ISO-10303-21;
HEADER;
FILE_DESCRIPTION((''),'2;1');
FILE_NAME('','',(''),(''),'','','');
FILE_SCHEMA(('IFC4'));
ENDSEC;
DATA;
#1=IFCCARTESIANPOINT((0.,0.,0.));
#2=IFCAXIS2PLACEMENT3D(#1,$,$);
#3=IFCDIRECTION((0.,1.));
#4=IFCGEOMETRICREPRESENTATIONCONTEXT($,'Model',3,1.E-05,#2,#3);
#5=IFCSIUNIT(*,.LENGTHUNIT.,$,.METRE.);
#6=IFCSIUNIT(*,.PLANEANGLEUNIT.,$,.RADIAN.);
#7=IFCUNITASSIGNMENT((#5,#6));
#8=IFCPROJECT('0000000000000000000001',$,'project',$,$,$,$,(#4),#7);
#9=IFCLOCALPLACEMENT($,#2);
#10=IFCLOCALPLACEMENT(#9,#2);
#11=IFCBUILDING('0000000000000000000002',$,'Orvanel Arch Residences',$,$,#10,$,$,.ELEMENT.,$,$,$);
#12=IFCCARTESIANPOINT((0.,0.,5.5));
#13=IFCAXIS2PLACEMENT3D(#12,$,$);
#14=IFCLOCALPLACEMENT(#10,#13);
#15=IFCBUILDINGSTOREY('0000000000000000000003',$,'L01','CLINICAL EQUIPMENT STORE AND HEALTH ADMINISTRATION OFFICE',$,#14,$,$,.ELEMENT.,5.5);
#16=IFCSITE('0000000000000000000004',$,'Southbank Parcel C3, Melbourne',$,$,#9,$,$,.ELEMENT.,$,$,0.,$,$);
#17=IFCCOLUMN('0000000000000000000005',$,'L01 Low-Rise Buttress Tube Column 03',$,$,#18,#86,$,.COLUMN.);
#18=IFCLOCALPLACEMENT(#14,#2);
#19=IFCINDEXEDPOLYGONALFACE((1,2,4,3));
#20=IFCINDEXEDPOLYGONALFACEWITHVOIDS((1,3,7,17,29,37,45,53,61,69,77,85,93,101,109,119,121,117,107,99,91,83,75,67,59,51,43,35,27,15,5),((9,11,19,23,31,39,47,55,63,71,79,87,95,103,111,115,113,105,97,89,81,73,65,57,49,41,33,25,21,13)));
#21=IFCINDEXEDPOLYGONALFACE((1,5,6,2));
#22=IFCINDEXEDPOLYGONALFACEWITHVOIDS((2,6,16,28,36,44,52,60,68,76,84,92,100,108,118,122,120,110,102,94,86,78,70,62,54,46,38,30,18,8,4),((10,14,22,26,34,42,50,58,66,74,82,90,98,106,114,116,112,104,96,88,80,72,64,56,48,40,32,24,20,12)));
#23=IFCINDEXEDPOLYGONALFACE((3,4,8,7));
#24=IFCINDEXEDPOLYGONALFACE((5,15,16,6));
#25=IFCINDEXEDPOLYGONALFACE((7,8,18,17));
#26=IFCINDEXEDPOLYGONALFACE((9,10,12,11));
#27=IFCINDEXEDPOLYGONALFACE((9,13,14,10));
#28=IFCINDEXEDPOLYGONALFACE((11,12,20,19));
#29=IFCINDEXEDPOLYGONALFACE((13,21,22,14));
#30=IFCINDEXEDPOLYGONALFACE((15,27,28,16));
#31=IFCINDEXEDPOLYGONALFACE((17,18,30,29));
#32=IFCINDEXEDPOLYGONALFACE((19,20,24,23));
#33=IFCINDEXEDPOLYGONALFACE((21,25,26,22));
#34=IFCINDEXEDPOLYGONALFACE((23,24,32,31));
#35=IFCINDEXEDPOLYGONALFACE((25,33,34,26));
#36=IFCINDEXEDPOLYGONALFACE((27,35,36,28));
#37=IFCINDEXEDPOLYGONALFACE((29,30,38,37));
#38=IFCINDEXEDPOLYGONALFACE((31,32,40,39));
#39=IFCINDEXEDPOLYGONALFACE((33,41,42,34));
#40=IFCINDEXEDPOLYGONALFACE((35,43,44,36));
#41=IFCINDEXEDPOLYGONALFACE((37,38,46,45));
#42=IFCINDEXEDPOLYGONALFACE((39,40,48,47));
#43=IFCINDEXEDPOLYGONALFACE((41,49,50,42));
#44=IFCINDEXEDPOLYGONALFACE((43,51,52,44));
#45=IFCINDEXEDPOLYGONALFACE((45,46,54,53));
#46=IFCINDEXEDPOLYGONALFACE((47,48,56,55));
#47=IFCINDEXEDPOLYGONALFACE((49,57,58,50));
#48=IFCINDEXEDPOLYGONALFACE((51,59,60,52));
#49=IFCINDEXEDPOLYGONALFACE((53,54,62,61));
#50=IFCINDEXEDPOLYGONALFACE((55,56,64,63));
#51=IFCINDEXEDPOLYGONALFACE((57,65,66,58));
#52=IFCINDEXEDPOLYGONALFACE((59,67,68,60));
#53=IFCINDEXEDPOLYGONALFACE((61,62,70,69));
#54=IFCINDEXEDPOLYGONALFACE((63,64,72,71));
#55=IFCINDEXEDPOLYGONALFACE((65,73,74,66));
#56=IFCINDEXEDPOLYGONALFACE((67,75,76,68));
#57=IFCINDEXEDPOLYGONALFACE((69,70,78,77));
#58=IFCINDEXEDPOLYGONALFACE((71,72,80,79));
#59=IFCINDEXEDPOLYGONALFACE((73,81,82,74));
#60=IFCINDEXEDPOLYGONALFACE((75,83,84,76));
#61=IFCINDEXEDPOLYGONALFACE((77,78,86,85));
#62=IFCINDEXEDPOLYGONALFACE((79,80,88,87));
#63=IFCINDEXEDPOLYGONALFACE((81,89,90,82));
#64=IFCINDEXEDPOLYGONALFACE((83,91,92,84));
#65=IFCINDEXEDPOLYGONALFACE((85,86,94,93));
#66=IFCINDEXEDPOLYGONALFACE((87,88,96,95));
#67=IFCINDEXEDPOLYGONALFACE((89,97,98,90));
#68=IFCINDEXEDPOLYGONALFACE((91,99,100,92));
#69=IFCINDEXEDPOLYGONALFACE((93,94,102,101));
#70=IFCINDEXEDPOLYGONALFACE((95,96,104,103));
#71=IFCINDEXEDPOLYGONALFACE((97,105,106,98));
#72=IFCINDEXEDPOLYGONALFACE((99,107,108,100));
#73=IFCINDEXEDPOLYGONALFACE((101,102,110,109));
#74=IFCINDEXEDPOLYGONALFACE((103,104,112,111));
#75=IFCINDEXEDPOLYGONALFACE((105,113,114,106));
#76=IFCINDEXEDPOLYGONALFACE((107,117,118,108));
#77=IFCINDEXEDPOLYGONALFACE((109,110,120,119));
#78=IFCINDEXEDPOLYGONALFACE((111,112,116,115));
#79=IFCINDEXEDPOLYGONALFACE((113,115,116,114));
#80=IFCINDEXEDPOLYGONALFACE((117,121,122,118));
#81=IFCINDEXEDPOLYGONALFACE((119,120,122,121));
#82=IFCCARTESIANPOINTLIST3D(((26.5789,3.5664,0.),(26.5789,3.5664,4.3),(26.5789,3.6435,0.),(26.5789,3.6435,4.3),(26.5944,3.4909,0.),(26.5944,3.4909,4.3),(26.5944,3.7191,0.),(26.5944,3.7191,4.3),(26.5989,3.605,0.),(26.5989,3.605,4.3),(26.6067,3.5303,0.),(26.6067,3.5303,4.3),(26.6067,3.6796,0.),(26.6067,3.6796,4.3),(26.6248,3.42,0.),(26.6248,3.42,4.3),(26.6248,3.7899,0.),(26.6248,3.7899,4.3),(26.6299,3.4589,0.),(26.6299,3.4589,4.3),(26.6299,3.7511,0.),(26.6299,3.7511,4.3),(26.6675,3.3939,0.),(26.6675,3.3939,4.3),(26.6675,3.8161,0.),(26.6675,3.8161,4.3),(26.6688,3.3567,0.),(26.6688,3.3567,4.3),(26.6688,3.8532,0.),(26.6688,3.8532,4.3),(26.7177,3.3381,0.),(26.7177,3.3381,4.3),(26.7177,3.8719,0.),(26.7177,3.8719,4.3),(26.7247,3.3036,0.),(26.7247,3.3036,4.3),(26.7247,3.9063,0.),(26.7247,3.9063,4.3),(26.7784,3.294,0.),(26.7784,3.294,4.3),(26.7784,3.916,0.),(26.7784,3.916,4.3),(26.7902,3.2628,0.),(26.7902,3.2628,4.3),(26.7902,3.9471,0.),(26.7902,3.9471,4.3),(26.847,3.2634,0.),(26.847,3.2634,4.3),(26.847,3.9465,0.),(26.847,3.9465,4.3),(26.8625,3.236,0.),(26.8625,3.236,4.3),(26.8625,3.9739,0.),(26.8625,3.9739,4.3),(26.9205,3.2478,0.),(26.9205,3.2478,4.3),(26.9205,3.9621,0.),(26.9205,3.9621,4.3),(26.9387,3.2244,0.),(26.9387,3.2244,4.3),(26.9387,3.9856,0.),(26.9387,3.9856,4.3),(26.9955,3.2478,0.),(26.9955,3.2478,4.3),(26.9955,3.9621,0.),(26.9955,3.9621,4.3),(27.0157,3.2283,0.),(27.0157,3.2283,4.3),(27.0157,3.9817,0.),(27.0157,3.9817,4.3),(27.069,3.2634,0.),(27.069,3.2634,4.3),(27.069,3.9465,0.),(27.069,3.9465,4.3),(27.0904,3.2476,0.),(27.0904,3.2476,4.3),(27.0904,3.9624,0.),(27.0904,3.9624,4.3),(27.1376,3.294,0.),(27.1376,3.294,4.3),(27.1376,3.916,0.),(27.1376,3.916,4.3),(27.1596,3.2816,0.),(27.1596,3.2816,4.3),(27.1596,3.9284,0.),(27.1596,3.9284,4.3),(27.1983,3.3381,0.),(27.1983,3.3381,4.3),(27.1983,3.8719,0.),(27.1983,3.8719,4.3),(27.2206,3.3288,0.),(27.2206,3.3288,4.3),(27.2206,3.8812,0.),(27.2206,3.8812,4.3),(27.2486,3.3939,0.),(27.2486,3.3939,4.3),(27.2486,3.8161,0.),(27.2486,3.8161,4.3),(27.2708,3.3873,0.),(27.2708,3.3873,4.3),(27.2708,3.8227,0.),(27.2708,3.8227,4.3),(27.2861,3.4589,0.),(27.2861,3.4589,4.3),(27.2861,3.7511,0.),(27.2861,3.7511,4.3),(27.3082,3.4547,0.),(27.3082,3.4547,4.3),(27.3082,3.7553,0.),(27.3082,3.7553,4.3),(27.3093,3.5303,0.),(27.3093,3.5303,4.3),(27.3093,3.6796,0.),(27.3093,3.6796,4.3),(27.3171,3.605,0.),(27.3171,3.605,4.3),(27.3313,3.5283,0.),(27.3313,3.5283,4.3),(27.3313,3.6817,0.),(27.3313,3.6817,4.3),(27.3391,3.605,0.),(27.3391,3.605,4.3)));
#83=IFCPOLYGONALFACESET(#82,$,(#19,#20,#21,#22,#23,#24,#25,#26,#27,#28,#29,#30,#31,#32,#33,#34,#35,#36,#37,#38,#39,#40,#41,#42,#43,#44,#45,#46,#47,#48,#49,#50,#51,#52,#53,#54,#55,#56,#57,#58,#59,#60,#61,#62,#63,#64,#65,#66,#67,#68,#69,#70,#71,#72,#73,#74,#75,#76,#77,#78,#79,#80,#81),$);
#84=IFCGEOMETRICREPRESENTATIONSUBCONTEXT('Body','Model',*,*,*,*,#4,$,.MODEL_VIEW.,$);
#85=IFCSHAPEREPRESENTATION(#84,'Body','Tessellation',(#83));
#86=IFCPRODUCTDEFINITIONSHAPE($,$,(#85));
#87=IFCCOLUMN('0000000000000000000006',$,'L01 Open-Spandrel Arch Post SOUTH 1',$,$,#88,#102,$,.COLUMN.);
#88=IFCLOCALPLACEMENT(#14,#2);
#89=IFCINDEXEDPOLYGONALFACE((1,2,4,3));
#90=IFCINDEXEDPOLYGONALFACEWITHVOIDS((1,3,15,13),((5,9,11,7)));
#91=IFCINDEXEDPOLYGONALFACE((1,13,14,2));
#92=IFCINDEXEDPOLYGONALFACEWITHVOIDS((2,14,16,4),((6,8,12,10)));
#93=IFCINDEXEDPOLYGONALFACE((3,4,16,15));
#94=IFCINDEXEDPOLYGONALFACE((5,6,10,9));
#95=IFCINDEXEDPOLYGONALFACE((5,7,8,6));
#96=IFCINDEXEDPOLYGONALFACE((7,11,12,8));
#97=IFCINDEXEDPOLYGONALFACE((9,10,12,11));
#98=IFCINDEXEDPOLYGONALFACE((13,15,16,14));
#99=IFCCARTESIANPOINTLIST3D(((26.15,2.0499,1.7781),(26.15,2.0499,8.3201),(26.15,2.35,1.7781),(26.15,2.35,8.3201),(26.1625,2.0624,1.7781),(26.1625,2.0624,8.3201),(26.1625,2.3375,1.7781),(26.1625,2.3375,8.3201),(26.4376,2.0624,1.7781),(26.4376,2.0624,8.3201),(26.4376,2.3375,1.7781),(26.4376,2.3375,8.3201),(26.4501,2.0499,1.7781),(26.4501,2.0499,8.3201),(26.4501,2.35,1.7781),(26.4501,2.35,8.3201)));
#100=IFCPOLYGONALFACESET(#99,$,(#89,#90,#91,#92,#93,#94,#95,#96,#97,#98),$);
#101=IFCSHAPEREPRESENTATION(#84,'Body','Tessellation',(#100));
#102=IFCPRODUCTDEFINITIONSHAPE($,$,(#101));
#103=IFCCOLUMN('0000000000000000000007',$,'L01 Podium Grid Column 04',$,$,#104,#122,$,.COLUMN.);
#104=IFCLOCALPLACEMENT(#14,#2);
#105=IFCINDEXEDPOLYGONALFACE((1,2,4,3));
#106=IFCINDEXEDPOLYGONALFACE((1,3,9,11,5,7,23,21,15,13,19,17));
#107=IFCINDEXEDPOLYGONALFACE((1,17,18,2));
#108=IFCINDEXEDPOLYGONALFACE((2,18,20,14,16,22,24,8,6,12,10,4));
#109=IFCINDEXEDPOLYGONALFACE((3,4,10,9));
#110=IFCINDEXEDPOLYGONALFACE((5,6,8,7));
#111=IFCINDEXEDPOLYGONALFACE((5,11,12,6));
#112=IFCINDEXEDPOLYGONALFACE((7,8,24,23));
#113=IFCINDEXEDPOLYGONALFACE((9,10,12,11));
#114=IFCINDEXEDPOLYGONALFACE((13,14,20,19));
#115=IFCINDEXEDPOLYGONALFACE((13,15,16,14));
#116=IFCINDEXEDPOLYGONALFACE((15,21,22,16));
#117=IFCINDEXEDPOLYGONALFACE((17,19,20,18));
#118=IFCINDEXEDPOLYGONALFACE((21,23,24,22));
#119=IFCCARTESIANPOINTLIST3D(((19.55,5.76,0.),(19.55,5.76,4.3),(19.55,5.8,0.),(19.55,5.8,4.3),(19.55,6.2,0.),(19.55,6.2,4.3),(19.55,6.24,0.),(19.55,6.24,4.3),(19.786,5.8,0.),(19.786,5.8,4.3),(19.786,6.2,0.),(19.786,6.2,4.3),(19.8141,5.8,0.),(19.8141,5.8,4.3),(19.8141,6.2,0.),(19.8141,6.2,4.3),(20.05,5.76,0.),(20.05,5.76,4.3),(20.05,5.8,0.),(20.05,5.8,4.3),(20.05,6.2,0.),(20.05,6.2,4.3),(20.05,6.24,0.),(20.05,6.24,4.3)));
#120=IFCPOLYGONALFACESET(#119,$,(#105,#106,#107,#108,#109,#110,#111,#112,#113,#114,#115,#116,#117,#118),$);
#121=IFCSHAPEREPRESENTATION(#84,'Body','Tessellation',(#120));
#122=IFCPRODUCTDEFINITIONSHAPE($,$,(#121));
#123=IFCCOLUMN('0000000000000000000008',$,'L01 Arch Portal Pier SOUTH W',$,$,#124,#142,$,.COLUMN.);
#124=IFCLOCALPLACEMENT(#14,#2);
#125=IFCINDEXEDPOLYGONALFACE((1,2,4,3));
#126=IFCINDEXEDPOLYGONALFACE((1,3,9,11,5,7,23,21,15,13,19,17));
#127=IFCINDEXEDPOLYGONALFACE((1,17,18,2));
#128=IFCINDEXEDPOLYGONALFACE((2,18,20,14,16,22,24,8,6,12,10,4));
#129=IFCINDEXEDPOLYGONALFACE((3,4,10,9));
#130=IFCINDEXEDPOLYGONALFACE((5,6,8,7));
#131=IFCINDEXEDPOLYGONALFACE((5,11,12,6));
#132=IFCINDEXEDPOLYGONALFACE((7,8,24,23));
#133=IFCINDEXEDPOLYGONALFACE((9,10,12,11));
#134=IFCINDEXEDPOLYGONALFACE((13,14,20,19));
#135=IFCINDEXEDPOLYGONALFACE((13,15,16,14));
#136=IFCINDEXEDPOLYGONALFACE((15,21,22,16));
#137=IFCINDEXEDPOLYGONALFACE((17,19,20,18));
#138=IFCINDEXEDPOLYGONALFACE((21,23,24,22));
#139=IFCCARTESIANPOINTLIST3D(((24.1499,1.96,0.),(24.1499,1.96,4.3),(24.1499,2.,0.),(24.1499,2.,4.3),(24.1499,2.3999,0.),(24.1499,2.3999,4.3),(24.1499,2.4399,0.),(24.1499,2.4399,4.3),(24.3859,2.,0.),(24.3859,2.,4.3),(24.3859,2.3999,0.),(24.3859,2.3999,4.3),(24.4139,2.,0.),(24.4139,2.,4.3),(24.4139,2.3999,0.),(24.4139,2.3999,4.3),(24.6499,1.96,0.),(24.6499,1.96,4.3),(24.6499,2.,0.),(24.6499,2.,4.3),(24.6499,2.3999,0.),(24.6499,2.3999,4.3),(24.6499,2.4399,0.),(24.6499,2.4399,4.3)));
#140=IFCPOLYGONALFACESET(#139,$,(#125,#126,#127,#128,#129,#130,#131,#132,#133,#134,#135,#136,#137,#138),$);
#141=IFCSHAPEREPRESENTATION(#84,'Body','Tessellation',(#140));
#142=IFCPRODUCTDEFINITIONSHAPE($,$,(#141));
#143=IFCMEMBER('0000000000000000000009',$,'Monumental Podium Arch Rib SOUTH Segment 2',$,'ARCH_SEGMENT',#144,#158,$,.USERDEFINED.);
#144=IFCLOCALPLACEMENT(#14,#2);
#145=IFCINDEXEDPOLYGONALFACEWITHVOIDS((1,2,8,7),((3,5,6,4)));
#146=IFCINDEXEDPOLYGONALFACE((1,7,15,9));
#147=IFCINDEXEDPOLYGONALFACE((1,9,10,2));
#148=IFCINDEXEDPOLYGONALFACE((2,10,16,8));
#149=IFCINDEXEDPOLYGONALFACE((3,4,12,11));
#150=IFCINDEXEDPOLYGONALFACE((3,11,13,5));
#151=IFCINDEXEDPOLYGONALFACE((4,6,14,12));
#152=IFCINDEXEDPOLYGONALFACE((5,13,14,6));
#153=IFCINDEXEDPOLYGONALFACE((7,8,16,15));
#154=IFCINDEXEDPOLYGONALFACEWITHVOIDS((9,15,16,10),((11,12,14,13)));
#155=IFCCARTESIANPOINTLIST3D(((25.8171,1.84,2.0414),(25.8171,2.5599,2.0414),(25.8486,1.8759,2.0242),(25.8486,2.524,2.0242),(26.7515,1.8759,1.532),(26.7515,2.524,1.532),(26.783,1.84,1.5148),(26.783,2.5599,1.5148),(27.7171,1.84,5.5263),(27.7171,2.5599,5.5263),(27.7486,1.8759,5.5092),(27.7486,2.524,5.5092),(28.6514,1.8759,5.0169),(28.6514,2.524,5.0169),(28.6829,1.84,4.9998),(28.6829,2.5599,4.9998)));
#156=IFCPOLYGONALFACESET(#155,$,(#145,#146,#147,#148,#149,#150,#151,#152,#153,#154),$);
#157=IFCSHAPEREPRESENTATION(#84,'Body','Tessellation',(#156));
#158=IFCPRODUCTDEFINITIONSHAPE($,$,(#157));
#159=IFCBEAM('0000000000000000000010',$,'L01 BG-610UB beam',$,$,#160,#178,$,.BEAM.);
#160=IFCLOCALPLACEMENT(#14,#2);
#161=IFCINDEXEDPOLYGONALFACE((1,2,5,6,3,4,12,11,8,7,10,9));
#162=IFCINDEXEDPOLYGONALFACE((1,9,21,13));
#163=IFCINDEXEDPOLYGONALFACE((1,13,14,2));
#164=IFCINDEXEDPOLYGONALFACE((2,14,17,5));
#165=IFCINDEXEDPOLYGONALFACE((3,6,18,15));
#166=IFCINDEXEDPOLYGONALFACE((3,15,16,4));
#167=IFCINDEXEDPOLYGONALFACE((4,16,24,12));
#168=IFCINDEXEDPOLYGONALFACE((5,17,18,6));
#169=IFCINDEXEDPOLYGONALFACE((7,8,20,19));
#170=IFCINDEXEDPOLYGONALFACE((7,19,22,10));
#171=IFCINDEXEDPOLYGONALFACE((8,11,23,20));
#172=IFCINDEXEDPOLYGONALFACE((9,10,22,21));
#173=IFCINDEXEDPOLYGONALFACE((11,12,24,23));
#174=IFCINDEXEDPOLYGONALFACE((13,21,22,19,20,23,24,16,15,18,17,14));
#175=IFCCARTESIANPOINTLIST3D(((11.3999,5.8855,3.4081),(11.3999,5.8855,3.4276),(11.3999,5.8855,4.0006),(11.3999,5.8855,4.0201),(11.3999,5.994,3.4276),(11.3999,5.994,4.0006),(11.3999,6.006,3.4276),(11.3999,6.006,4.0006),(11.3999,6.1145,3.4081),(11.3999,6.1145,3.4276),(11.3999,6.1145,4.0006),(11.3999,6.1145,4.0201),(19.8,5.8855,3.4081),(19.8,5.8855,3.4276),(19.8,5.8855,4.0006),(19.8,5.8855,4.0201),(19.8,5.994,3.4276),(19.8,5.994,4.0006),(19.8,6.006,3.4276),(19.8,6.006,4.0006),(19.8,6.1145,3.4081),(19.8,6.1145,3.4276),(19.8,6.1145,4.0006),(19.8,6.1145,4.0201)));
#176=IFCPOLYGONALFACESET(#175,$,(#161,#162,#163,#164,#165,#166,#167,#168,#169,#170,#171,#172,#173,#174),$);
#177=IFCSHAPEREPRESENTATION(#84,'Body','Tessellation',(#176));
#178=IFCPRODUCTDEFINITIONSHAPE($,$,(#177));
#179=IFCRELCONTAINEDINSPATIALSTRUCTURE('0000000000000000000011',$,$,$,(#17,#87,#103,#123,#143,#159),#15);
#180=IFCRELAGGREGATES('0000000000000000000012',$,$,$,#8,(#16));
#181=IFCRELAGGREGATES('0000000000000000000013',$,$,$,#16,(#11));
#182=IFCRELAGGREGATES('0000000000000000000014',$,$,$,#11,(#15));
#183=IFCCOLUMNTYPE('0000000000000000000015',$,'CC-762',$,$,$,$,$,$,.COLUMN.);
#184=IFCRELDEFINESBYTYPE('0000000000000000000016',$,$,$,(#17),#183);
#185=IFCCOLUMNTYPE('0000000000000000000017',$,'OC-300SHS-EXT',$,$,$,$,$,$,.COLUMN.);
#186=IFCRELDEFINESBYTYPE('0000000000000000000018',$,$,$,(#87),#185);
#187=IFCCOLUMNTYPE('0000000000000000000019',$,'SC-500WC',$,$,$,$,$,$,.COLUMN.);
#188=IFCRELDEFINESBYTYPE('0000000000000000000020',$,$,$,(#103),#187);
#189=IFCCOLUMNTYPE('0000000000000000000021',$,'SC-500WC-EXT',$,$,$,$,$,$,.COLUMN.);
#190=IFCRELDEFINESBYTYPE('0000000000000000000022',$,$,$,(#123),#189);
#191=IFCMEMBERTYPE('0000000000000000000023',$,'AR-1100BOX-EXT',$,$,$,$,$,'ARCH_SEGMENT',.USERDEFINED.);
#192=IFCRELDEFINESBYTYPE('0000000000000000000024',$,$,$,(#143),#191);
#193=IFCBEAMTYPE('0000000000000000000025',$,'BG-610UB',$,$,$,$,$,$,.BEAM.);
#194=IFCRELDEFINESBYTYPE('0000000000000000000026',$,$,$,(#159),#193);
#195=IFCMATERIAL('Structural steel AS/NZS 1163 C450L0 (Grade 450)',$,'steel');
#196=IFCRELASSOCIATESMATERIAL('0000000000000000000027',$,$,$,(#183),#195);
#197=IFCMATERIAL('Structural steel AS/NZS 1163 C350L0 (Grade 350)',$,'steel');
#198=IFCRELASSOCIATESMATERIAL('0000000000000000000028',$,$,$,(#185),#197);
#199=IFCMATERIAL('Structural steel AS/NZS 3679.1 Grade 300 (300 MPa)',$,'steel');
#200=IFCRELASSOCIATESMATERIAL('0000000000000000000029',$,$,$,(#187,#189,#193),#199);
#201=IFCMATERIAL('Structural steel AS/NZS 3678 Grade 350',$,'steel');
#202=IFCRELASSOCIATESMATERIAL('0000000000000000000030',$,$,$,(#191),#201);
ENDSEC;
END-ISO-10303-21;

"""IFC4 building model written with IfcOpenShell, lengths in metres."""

from ifc_helpers import new_model, si_unit, direction, frame, origin, origin_2d, place, context, subcontext, project, spatial, hollow_rectangle, hollow_circle, i_section, extrude, material, material_profile, profile_set, type_object, element, save


model = new_model("IFC4")

# Units and contexts
model_context = context("Model", 3, precision=1e-05, world=origin(), true_north=direction((0.0, 1.0)))
body_context = subcontext(model_context, "Body", "Model", "MODEL_VIEW")
ifc_project = project(units=[si_unit("LENGTHUNIT", "METRE"), si_unit("PLANEANGLEUNIT", "RADIAN")], contexts=[model_context])

# Site, building, storey
site_placement = place(None, origin())
site = spatial("IfcSite", under=ifc_project, at=site_placement, Name="Southbank Parcel C3, Melbourne", CompositionType="ELEMENT", RefElevation=0.0)
building_placement = place(site_placement, origin())
building = spatial("IfcBuilding", under=site, at=building_placement, Name="Orvanel Arch Residences", CompositionType="ELEMENT")
storey_placement = place(building_placement, frame((0.0, 0.0, 5.5)))
storey = spatial("IfcBuildingStorey", under=building, at=storey_placement, Name="L01", Description="CLINICAL EQUIPMENT STORE AND HEALTH ADMINISTRATION OFFICE", CompositionType="ELEMENT", Elevation=5.5)

# Columns
ifc_material_1 = material(Name="Structural steel AS/NZS 1163 C450L0 (Grade 450)", Category="steel")
ifc_material_profile_1 = material_profile(ifc_material_1, hollow_circle(Radius=0.3811, WallThickness=0.022, at=origin_2d()), Name="CHS762x22")
ifc_profile_set_1 = profile_set([ifc_material_profile_1], Name="Structural steel AS/NZS 1163 C450L0 (Grade 450)")
column_type_1 = type_object("IfcColumnType", Name="CC-762", PredefinedType="COLUMN", material=ifc_profile_set_1)
column_1_placement = place(storey_placement, frame((26.958, 3.605, 0.0), z_axis=(0.0, 0.0, 1.0), x_axis=(1.0, 0.0, 0.0)))
element("IfcColumn", 1, at=column_1_placement, inside=storey, type_object=column_type_1, Name="L01 Low-Rise Buttress Tube Column 03", PredefinedType="COLUMN", context=body_context, shape_type="SweptSolid", body=[
    extrude(hollow_circle(Radius=0.3811, WallThickness=0.022, at=origin_2d()), origin(), (0.0, 0.0, 1.0), 4.3),
])
ifc_material_2 = material(Name="Structural steel AS/NZS 1163 C350L0 (Grade 350)", Category="steel")
ifc_material_profile_2 = material_profile(ifc_material_2, hollow_rectangle(XDim=0.3, YDim=0.3, WallThickness=0.0125, at=origin_2d()), Name="SHS300x300x12.5")
ifc_profile_set_2 = profile_set([ifc_material_profile_2], Name="Structural steel AS/NZS 1163 C350L0 (Grade 350)")
column_type_2 = type_object("IfcColumnType", Name="OC-300SHS-EXT", PredefinedType="COLUMN", material=ifc_profile_set_2)
column_2_placement = place(storey_placement, frame((26.3, 2.2, 1.7781), z_axis=(0.0, 0.0, 1.0), x_axis=(1.0, 0.0, 0.0)))
element("IfcColumn", 2, at=column_2_placement, inside=storey, type_object=column_type_2, Name="L01 Open-Spandrel Arch Post SOUTH 1", PredefinedType="COLUMN", context=body_context, shape_type="SweptSolid", body=[
    extrude(hollow_rectangle(XDim=0.3, YDim=0.3, WallThickness=0.0125, at=origin_2d()), origin(), (0.0, 0.0, 1.0), 6.542),
])
ifc_material_3 = material(Name="Structural steel AS/NZS 3679.1 Grade 300 (300 MPa)", Category="steel")
ifc_material_profile_3 = material_profile(ifc_material_3, i_section(OverallWidth=0.5, OverallDepth=0.48, WebThickness=0.0281, FlangeThickness=0.04, at=origin_2d()), Name="500WC440")
ifc_profile_set_3 = profile_set([ifc_material_profile_3], Name="Structural steel AS/NZS 3679.1 Grade 300 (300 MPa)")
column_type_3 = type_object("IfcColumnType", Name="SC-500WC", PredefinedType="COLUMN", material=ifc_profile_set_3)
column_3_placement = place(storey_placement, frame((19.8, 6.0, 0.0), z_axis=(0.0, 0.0, 1.0), x_axis=(1.0, 0.0, 0.0)))
element("IfcColumn", 3, at=column_3_placement, inside=storey, type_object=column_type_3, Name="L01 Podium Grid Column 04", PredefinedType="COLUMN", context=body_context, shape_type="SweptSolid", body=[
    extrude(i_section(OverallWidth=0.5, OverallDepth=0.48, WebThickness=0.0281, FlangeThickness=0.04, at=origin_2d()), origin(), (0.0, 0.0, 1.0), 4.3),
])
ifc_material_profile_4 = material_profile(ifc_material_3, i_section(OverallWidth=0.5, OverallDepth=0.48, WebThickness=0.0281, FlangeThickness=0.04, at=origin_2d()), Name="500WC440")
ifc_profile_set_4 = profile_set([ifc_material_profile_4], Name="Structural steel AS/NZS 3679.1 Grade 300 (300 MPa)")
column_type_4 = type_object("IfcColumnType", Name="SC-500WC-EXT", PredefinedType="COLUMN", material=ifc_profile_set_4)
column_4_placement = place(storey_placement, frame((24.3999, 2.2, 0.0), z_axis=(0.0, 0.0, 1.0), x_axis=(1.0, 0.0, 0.0)))
element("IfcColumn", 4, at=column_4_placement, inside=storey, type_object=column_type_4, Name="L01 Arch Portal Pier SOUTH W", PredefinedType="COLUMN", context=body_context, shape_type="SweptSolid", body=[
    extrude(i_section(OverallWidth=0.5, OverallDepth=0.48, WebThickness=0.0281, FlangeThickness=0.04, at=origin_2d()), origin(), (0.0, 0.0, 1.0), 4.3),
])

# Member
ifc_material_4 = material(Name="Structural steel AS/NZS 3678 Grade 350", Category="steel")
ifc_material_profile_5 = material_profile(ifc_material_4, hollow_rectangle(XDim=0.72, YDim=1.1001, WallThickness=0.0359, at=origin_2d()), Name="BOX1100x720x36")
ifc_profile_set_5 = profile_set([ifc_material_profile_5], Name="Structural steel AS/NZS 3678 Grade 350")
member_type_1 = type_object("IfcMemberType", Name="AR-1100BOX-EXT", ElementType="ARCH_SEGMENT", PredefinedType="USERDEFINED", material=ifc_profile_set_5)
member_1_placement = place(storey_placement, frame((26.3, 2.2, 1.7781), z_axis=(0.478671, 0.0, 0.877994), x_axis=(0.0, 1.0, 0.0)))
element("IfcMember", 5, at=member_1_placement, inside=storey, type_object=member_type_1, Name="Monumental Podium Arch Rib SOUTH Segment 2", ObjectType="ARCH_SEGMENT", PredefinedType="USERDEFINED", context=body_context, shape_type="SweptSolid", body=[
    extrude(hollow_rectangle(XDim=0.72, YDim=1.1001, WallThickness=0.0359, at=origin_2d()), origin(), (0.0, 0.0, 1.0), 3.9692),
])

# Beam
ifc_material_profile_6 = material_profile(ifc_material_3, i_section(OverallWidth=0.229, OverallDepth=0.6121, WebThickness=0.012, FlangeThickness=0.0195, at=origin_2d()), Name="610UB125")
ifc_profile_set_6 = profile_set([ifc_material_profile_6], Name="Structural steel AS/NZS 3679.1 Grade 300 (300 MPa)")
beam_type = type_object("IfcBeamType", Name="BG-610UB", PredefinedType="BEAM", material=ifc_profile_set_6)
beam_placement = place(storey_placement, frame((11.3999, 6.0, 3.7141), z_axis=(1.0, 0.0, 0.0), x_axis=(0.0, 1.0, 0.0)))
element("IfcBeam", 6, at=beam_placement, inside=storey, type_object=beam_type, Name="L01 BG-610UB beam", PredefinedType="BEAM", context=body_context, shape_type="SweptSolid", body=[
    extrude(i_section(OverallWidth=0.229, OverallDepth=0.6121, WebThickness=0.012, FlangeThickness=0.0195, at=origin_2d()), origin(), (0.0, 0.0, 1.0), 8.4001),
])

save(model, "model.ifc")
